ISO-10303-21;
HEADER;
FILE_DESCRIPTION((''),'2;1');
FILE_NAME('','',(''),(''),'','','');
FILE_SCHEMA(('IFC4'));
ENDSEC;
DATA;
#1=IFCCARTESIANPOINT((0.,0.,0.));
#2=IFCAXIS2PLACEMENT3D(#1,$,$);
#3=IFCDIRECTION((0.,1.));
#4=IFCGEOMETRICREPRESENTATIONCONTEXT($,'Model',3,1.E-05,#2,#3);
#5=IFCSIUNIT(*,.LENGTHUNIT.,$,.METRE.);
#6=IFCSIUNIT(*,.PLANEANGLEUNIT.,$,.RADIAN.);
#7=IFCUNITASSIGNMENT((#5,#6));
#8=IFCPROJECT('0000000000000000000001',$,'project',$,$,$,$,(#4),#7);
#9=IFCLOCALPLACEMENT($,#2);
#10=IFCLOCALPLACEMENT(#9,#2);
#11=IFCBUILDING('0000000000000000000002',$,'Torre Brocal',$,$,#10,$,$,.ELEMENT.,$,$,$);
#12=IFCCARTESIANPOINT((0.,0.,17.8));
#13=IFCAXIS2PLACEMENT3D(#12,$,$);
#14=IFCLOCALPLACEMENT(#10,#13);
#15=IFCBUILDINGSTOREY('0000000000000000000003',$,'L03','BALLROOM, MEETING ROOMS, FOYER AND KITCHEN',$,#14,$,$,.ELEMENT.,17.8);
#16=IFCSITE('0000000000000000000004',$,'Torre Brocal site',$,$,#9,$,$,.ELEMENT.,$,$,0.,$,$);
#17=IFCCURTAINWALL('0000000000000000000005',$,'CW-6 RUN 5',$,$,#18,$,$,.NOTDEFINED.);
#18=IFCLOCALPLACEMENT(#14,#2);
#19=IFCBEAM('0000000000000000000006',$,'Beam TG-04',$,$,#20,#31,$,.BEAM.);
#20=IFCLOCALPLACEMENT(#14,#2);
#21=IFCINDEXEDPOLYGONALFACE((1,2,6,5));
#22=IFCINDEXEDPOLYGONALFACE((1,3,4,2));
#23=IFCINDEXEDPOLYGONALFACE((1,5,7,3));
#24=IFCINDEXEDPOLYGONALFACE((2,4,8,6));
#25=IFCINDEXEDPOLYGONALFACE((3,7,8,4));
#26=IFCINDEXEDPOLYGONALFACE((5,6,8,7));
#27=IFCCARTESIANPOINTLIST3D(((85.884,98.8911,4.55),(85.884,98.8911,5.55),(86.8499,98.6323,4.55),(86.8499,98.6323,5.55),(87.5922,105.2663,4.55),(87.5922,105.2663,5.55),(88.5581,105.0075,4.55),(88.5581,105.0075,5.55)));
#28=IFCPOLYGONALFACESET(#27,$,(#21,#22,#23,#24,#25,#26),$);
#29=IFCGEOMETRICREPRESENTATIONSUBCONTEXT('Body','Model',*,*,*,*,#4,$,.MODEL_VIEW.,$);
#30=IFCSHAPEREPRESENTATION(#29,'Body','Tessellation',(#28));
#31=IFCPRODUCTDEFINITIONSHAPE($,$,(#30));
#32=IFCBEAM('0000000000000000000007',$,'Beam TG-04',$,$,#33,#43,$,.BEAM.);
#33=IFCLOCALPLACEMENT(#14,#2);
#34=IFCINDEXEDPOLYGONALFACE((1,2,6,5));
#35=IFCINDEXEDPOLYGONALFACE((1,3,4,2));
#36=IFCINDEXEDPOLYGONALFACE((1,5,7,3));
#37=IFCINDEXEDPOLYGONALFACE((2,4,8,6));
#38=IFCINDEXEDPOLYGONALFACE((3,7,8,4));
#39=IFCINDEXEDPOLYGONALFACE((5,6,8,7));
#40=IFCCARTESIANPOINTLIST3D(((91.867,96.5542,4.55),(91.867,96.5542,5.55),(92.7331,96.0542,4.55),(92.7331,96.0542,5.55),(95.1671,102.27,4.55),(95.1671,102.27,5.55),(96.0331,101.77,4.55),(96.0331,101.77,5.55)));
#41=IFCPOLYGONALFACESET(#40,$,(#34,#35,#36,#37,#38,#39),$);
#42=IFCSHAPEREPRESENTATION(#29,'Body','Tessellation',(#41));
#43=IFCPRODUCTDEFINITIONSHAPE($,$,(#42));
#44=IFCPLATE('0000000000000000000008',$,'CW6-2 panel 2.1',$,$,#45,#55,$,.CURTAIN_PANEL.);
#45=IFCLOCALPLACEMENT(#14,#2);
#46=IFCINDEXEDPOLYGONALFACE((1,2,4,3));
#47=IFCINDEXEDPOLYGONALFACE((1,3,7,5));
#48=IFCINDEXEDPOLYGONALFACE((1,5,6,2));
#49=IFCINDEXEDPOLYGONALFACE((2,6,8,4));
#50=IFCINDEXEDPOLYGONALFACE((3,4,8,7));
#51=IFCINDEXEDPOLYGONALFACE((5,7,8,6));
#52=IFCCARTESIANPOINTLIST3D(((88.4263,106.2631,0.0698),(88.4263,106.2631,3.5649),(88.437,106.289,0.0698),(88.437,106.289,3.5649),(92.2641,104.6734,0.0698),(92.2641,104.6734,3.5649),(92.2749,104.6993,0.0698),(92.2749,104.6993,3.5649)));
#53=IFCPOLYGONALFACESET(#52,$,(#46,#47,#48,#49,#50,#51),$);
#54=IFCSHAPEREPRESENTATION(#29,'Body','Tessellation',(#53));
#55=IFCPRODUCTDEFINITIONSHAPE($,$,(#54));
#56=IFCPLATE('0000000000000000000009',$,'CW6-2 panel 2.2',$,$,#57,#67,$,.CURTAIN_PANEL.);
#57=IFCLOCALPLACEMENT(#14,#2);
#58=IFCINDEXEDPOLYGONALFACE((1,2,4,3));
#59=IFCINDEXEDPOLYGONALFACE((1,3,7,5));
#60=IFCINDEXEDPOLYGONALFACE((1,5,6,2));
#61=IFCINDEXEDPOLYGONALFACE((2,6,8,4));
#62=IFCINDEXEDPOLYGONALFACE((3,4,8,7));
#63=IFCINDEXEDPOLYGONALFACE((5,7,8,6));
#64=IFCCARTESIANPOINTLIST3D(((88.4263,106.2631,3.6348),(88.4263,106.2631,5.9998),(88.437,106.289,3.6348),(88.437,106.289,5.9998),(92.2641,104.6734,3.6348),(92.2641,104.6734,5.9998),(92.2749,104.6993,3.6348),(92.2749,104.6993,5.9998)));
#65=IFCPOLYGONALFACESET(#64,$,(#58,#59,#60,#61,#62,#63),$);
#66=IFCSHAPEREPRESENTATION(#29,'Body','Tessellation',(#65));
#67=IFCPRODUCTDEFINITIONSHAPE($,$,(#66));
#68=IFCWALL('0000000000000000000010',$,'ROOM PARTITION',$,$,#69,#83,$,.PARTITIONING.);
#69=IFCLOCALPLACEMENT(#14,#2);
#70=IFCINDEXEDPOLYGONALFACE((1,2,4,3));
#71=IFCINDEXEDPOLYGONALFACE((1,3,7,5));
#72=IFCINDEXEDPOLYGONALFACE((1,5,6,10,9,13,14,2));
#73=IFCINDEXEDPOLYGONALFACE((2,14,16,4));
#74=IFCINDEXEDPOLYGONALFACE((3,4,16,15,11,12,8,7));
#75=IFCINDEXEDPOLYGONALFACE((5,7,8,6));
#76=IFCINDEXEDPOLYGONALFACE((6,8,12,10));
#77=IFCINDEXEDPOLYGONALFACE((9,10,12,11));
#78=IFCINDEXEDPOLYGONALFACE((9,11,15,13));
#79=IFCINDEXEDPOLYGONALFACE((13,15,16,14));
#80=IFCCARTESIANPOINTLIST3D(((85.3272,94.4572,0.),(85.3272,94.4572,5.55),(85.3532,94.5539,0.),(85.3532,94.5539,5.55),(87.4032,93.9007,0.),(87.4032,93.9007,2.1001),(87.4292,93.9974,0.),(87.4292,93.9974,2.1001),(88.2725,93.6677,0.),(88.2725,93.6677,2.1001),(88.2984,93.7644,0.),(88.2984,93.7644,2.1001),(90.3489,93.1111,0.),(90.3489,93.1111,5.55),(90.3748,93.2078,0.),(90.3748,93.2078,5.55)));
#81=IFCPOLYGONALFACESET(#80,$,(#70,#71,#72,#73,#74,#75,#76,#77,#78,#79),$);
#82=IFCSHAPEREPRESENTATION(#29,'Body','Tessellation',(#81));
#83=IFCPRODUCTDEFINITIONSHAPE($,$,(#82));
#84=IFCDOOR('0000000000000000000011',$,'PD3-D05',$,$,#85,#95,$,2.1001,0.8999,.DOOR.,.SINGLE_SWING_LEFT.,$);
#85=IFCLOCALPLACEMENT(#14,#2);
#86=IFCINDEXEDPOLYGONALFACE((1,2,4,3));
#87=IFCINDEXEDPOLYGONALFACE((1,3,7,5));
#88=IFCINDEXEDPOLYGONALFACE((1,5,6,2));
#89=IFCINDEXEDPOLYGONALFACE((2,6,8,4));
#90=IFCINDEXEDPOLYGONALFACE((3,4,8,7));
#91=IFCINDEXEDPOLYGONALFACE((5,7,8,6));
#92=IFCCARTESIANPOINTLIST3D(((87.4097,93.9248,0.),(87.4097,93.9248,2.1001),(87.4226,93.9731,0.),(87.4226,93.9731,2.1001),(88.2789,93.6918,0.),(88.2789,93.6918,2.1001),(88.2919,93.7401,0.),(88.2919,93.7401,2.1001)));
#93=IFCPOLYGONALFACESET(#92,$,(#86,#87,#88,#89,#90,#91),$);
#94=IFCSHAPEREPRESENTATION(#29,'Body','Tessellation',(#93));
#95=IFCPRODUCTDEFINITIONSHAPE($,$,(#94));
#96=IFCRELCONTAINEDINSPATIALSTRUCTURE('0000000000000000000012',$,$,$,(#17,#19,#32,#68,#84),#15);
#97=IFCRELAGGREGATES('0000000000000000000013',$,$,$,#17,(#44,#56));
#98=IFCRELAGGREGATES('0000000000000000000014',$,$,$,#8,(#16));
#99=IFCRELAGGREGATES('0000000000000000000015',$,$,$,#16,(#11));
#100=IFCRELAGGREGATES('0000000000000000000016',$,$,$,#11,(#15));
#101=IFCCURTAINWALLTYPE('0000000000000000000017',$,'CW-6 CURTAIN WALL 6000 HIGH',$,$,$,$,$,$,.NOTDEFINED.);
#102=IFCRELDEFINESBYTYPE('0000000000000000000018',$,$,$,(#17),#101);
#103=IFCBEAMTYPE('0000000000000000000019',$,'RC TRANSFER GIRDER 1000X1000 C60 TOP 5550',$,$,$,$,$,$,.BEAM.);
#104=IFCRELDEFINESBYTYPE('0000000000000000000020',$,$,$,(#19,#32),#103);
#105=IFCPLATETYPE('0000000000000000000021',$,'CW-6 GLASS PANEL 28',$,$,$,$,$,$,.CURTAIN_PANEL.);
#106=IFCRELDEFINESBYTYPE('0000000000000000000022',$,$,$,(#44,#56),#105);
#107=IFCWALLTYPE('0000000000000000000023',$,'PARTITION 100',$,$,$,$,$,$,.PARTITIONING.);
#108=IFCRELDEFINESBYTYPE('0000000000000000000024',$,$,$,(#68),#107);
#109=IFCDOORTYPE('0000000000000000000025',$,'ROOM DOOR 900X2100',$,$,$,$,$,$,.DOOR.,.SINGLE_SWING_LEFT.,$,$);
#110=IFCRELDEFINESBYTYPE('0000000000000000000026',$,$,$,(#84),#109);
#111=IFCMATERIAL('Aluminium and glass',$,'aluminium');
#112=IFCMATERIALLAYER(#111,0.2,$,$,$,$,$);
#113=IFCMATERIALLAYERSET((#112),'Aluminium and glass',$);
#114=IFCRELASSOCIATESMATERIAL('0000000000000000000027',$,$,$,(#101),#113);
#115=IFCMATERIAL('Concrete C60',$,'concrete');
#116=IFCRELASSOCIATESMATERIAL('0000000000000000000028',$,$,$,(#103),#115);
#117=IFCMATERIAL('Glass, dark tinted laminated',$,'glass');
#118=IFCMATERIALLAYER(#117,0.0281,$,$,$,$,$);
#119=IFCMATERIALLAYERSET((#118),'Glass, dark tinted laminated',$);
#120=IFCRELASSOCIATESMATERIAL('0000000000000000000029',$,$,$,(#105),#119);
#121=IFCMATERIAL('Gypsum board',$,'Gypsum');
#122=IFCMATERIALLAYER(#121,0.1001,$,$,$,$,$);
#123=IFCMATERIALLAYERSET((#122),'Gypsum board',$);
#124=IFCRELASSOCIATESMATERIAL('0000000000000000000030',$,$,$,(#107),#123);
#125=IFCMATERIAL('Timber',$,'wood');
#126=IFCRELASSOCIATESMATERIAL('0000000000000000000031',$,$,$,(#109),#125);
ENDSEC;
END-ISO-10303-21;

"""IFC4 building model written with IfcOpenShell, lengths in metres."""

from ifc_helpers import new_model, si_unit, direction, frame, frame_2d, origin, origin_2d, place, context, subcontext, project, spatial, rectangle, extrude, material, layer, layer_set, material_profile, profile_set, type_object, element, fill, aggregate, save


model = new_model("IFC4")

# Units and contexts
model_context = context("Model", 3, precision=1e-05, world=origin(), true_north=direction((0.0, 1.0)))
body_context = subcontext(model_context, "Body", "Model", "MODEL_VIEW")
ifc_project = project(units=[si_unit("LENGTHUNIT", "METRE"), si_unit("PLANEANGLEUNIT", "RADIAN")], contexts=[model_context])

# Site, building, storey
site_placement = place(None, origin())
site = spatial("IfcSite", under=ifc_project, at=site_placement, Name="Torre Brocal site", CompositionType="ELEMENT", RefElevation=0.0)
building_placement = place(site_placement, origin())
building = spatial("IfcBuilding", under=site, at=building_placement, Name="Torre Brocal", CompositionType="ELEMENT")
storey_placement = place(building_placement, frame((0.0, 0.0, 17.8)))
storey = spatial("IfcBuildingStorey", under=building, at=storey_placement, Name="L03", Description="BALLROOM, MEETING ROOMS, FOYER AND KITCHEN", CompositionType="ELEMENT", Elevation=17.8)

# Curtain wall
ifc_material_1 = material(Name="Aluminium and glass", Category="aluminium")
ifc_layer_1 = layer(ifc_material_1, 0.2)
ifc_layer_set_1 = layer_set([ifc_layer_1], Name="Aluminium and glass")
curtain_wall_type = type_object("IfcCurtainWallType", Name="CW-6 CURTAIN WALL 6000 HIGH", PredefinedType="NOTDEFINED", material=ifc_layer_set_1)
curtain_wall_placement = place(storey_placement, origin())
curtain_wall = element("IfcCurtainWall", 1, at=curtain_wall_placement, inside=storey, type_object=curtain_wall_type, Name="CW-6 RUN 5", PredefinedType="NOTDEFINED")

# Beams
ifc_material_2 = material(Name="Concrete C60", Category="concrete")
ifc_material_profile_1 = material_profile(ifc_material_2, rectangle(XDim=1.0, YDim=1.0, at=origin_2d()), Name="RC 1000X1000")
ifc_profile_set_1 = profile_set([ifc_material_profile_1], Name="Concrete C60")
beam_type_1 = type_object("IfcBeamType", Name="RC TRANSFER GIRDER 1000X1000 C60 TOP 5550", PredefinedType="BEAM", material=ifc_profile_set_1)
for number, where, z_axis, x_axis, name in (
    (2, (86.3669, 98.7617, 5.05), (0.258821, 0.965925, 0.0), (-0.965925, 0.258821, 0.0), "Beam TG-04"),
    (3, (92.3, 96.3042, 5.05), (0.500002, 0.866024, 0.0), (-0.866024, 0.500002, 0.0), "Beam TG-04"),
):
    element("IfcBeam", number, at=place(storey_placement, frame(where, z_axis=z_axis, x_axis=x_axis)), inside=storey, type_object=beam_type_1, Name=name, PredefinedType="BEAM", context=body_context, shape_type="SweptSolid", body=[
        extrude(rectangle(XDim=1.0, YDim=1.0, at=origin_2d()), origin(), (0.0, 0.0, 1.0), 6.6001),
    ])

# Plates
ifc_material_3 = material(Name="Glass, dark tinted laminated", Category="glass")
ifc_layer_2 = layer(ifc_material_3, 0.0281)
ifc_layer_set_2 = layer_set([ifc_layer_2], Name="Glass, dark tinted laminated")
plate_type = type_object("IfcPlateType", Name="CW-6 GLASS PANEL 28", PredefinedType="CURTAIN_PANEL", material=ifc_layer_set_2)
plate_1_placement = place(storey_placement, frame((90.3506, 105.4812, 0.0698), z_axis=(0.0, 0.0, 1.0), x_axis=(-0.92388, 0.382683, 0.0)))
plate_1 = element("IfcPlate", 4, at=plate_1_placement, type_object=plate_type, Name="CW6-2 panel 2.1", PredefinedType="CURTAIN_PANEL", context=body_context, shape_type="SweptSolid", body=[
    extrude(rectangle(XDim=4.1541, YDim=0.0281, at=origin_2d()), origin(), (0.0, 0.0, 1.0), 3.4951),
])
plate_2_placement = place(storey_placement, frame((90.3506, 105.4812, 3.6348), z_axis=(0.0, 0.0, 1.0), x_axis=(-0.92388, 0.382683, 0.0)))
plate_2 = element("IfcPlate", 5, at=plate_2_placement, type_object=plate_type, Name="CW6-2 panel 2.2", PredefinedType="CURTAIN_PANEL", context=body_context, shape_type="SweptSolid", body=[
    extrude(rectangle(XDim=4.1541, YDim=0.0281, at=origin_2d()), origin(), (0.0, 0.0, 1.0), 2.365),
])
aggregate(curtain_wall, [plate_1, plate_2])

# Wall, opening, door
ifc_material_4 = material(Name="Gypsum board", Category="Gypsum")
ifc_layer_3 = layer(ifc_material_4, 0.1001)
ifc_layer_set_3 = layer_set([ifc_layer_3], Name="Gypsum board")
wall_type = type_object("IfcWallType", Name="PARTITION 100", PredefinedType="PARTITIONING", material=ifc_layer_set_3)
wall_placement = place(storey_placement, frame((85.3401, 94.5056, 0.0), z_axis=(0.0, 0.0, 1.0), x_axis=(0.965896, -0.258931, 0.0)))
wall = element("IfcWall", 6, at=wall_placement, inside=storey, type_object=wall_type, Name="ROOM PARTITION", PredefinedType="PARTITIONING", context=body_context, shape_type="SweptSolid", body=[
    extrude(rectangle(XDim=5.199, YDim=0.1001, at=frame_2d((2.5996, 0.0))), origin(), (0.0, 0.0, 1.0), 5.55),
])
opening_placement = place(wall_placement, frame((2.1494, 0.0, 0.0)))
opening = element("IfcOpeningElement", 7, at=opening_placement, cuts=wall, PredefinedType="OPENING", context=body_context, shape_type="SweptSolid", body=[
    extrude(rectangle(XDim=0.8999, YDim=2.1001, at=frame_2d((0.45, 1.05))), frame((0.0, 0.0601, 0.0), z_axis=(0.0, -1.0, 0.0), x_axis=(1.0, 0.0, 0.0)), (0.0, 0.0, 1.0), 0.1201),
])
ifc_material_5 = material(Name="Timber", Category="wood")
door_type = type_object("IfcDoorType", Name="ROOM DOOR 900X2100", OperationType="SINGLE_SWING_LEFT", PredefinedType="DOOR", material=ifc_material_5)
door_placement = place(opening_placement, origin())
door = element("IfcDoor", 8, at=door_placement, inside=storey, type_object=door_type, Name="PD3-D05", OperationType="SINGLE_SWING_LEFT", OverallHeight=2.1001, OverallWidth=0.8999, PredefinedType="DOOR", context=body_context, shape_type="SweptSolid", body=[
    extrude(rectangle(XDim=0.8999, YDim=2.1001, at=frame_2d((0.45, 1.05))), frame((0.0, 0.0249, 0.0), z_axis=(0.0, -1.0, 0.0), x_axis=(1.0, 0.0, 0.0)), (0.0, 0.0, 1.0), 0.05),
])
fill(opening, door)

save(model, "model.ifc")
